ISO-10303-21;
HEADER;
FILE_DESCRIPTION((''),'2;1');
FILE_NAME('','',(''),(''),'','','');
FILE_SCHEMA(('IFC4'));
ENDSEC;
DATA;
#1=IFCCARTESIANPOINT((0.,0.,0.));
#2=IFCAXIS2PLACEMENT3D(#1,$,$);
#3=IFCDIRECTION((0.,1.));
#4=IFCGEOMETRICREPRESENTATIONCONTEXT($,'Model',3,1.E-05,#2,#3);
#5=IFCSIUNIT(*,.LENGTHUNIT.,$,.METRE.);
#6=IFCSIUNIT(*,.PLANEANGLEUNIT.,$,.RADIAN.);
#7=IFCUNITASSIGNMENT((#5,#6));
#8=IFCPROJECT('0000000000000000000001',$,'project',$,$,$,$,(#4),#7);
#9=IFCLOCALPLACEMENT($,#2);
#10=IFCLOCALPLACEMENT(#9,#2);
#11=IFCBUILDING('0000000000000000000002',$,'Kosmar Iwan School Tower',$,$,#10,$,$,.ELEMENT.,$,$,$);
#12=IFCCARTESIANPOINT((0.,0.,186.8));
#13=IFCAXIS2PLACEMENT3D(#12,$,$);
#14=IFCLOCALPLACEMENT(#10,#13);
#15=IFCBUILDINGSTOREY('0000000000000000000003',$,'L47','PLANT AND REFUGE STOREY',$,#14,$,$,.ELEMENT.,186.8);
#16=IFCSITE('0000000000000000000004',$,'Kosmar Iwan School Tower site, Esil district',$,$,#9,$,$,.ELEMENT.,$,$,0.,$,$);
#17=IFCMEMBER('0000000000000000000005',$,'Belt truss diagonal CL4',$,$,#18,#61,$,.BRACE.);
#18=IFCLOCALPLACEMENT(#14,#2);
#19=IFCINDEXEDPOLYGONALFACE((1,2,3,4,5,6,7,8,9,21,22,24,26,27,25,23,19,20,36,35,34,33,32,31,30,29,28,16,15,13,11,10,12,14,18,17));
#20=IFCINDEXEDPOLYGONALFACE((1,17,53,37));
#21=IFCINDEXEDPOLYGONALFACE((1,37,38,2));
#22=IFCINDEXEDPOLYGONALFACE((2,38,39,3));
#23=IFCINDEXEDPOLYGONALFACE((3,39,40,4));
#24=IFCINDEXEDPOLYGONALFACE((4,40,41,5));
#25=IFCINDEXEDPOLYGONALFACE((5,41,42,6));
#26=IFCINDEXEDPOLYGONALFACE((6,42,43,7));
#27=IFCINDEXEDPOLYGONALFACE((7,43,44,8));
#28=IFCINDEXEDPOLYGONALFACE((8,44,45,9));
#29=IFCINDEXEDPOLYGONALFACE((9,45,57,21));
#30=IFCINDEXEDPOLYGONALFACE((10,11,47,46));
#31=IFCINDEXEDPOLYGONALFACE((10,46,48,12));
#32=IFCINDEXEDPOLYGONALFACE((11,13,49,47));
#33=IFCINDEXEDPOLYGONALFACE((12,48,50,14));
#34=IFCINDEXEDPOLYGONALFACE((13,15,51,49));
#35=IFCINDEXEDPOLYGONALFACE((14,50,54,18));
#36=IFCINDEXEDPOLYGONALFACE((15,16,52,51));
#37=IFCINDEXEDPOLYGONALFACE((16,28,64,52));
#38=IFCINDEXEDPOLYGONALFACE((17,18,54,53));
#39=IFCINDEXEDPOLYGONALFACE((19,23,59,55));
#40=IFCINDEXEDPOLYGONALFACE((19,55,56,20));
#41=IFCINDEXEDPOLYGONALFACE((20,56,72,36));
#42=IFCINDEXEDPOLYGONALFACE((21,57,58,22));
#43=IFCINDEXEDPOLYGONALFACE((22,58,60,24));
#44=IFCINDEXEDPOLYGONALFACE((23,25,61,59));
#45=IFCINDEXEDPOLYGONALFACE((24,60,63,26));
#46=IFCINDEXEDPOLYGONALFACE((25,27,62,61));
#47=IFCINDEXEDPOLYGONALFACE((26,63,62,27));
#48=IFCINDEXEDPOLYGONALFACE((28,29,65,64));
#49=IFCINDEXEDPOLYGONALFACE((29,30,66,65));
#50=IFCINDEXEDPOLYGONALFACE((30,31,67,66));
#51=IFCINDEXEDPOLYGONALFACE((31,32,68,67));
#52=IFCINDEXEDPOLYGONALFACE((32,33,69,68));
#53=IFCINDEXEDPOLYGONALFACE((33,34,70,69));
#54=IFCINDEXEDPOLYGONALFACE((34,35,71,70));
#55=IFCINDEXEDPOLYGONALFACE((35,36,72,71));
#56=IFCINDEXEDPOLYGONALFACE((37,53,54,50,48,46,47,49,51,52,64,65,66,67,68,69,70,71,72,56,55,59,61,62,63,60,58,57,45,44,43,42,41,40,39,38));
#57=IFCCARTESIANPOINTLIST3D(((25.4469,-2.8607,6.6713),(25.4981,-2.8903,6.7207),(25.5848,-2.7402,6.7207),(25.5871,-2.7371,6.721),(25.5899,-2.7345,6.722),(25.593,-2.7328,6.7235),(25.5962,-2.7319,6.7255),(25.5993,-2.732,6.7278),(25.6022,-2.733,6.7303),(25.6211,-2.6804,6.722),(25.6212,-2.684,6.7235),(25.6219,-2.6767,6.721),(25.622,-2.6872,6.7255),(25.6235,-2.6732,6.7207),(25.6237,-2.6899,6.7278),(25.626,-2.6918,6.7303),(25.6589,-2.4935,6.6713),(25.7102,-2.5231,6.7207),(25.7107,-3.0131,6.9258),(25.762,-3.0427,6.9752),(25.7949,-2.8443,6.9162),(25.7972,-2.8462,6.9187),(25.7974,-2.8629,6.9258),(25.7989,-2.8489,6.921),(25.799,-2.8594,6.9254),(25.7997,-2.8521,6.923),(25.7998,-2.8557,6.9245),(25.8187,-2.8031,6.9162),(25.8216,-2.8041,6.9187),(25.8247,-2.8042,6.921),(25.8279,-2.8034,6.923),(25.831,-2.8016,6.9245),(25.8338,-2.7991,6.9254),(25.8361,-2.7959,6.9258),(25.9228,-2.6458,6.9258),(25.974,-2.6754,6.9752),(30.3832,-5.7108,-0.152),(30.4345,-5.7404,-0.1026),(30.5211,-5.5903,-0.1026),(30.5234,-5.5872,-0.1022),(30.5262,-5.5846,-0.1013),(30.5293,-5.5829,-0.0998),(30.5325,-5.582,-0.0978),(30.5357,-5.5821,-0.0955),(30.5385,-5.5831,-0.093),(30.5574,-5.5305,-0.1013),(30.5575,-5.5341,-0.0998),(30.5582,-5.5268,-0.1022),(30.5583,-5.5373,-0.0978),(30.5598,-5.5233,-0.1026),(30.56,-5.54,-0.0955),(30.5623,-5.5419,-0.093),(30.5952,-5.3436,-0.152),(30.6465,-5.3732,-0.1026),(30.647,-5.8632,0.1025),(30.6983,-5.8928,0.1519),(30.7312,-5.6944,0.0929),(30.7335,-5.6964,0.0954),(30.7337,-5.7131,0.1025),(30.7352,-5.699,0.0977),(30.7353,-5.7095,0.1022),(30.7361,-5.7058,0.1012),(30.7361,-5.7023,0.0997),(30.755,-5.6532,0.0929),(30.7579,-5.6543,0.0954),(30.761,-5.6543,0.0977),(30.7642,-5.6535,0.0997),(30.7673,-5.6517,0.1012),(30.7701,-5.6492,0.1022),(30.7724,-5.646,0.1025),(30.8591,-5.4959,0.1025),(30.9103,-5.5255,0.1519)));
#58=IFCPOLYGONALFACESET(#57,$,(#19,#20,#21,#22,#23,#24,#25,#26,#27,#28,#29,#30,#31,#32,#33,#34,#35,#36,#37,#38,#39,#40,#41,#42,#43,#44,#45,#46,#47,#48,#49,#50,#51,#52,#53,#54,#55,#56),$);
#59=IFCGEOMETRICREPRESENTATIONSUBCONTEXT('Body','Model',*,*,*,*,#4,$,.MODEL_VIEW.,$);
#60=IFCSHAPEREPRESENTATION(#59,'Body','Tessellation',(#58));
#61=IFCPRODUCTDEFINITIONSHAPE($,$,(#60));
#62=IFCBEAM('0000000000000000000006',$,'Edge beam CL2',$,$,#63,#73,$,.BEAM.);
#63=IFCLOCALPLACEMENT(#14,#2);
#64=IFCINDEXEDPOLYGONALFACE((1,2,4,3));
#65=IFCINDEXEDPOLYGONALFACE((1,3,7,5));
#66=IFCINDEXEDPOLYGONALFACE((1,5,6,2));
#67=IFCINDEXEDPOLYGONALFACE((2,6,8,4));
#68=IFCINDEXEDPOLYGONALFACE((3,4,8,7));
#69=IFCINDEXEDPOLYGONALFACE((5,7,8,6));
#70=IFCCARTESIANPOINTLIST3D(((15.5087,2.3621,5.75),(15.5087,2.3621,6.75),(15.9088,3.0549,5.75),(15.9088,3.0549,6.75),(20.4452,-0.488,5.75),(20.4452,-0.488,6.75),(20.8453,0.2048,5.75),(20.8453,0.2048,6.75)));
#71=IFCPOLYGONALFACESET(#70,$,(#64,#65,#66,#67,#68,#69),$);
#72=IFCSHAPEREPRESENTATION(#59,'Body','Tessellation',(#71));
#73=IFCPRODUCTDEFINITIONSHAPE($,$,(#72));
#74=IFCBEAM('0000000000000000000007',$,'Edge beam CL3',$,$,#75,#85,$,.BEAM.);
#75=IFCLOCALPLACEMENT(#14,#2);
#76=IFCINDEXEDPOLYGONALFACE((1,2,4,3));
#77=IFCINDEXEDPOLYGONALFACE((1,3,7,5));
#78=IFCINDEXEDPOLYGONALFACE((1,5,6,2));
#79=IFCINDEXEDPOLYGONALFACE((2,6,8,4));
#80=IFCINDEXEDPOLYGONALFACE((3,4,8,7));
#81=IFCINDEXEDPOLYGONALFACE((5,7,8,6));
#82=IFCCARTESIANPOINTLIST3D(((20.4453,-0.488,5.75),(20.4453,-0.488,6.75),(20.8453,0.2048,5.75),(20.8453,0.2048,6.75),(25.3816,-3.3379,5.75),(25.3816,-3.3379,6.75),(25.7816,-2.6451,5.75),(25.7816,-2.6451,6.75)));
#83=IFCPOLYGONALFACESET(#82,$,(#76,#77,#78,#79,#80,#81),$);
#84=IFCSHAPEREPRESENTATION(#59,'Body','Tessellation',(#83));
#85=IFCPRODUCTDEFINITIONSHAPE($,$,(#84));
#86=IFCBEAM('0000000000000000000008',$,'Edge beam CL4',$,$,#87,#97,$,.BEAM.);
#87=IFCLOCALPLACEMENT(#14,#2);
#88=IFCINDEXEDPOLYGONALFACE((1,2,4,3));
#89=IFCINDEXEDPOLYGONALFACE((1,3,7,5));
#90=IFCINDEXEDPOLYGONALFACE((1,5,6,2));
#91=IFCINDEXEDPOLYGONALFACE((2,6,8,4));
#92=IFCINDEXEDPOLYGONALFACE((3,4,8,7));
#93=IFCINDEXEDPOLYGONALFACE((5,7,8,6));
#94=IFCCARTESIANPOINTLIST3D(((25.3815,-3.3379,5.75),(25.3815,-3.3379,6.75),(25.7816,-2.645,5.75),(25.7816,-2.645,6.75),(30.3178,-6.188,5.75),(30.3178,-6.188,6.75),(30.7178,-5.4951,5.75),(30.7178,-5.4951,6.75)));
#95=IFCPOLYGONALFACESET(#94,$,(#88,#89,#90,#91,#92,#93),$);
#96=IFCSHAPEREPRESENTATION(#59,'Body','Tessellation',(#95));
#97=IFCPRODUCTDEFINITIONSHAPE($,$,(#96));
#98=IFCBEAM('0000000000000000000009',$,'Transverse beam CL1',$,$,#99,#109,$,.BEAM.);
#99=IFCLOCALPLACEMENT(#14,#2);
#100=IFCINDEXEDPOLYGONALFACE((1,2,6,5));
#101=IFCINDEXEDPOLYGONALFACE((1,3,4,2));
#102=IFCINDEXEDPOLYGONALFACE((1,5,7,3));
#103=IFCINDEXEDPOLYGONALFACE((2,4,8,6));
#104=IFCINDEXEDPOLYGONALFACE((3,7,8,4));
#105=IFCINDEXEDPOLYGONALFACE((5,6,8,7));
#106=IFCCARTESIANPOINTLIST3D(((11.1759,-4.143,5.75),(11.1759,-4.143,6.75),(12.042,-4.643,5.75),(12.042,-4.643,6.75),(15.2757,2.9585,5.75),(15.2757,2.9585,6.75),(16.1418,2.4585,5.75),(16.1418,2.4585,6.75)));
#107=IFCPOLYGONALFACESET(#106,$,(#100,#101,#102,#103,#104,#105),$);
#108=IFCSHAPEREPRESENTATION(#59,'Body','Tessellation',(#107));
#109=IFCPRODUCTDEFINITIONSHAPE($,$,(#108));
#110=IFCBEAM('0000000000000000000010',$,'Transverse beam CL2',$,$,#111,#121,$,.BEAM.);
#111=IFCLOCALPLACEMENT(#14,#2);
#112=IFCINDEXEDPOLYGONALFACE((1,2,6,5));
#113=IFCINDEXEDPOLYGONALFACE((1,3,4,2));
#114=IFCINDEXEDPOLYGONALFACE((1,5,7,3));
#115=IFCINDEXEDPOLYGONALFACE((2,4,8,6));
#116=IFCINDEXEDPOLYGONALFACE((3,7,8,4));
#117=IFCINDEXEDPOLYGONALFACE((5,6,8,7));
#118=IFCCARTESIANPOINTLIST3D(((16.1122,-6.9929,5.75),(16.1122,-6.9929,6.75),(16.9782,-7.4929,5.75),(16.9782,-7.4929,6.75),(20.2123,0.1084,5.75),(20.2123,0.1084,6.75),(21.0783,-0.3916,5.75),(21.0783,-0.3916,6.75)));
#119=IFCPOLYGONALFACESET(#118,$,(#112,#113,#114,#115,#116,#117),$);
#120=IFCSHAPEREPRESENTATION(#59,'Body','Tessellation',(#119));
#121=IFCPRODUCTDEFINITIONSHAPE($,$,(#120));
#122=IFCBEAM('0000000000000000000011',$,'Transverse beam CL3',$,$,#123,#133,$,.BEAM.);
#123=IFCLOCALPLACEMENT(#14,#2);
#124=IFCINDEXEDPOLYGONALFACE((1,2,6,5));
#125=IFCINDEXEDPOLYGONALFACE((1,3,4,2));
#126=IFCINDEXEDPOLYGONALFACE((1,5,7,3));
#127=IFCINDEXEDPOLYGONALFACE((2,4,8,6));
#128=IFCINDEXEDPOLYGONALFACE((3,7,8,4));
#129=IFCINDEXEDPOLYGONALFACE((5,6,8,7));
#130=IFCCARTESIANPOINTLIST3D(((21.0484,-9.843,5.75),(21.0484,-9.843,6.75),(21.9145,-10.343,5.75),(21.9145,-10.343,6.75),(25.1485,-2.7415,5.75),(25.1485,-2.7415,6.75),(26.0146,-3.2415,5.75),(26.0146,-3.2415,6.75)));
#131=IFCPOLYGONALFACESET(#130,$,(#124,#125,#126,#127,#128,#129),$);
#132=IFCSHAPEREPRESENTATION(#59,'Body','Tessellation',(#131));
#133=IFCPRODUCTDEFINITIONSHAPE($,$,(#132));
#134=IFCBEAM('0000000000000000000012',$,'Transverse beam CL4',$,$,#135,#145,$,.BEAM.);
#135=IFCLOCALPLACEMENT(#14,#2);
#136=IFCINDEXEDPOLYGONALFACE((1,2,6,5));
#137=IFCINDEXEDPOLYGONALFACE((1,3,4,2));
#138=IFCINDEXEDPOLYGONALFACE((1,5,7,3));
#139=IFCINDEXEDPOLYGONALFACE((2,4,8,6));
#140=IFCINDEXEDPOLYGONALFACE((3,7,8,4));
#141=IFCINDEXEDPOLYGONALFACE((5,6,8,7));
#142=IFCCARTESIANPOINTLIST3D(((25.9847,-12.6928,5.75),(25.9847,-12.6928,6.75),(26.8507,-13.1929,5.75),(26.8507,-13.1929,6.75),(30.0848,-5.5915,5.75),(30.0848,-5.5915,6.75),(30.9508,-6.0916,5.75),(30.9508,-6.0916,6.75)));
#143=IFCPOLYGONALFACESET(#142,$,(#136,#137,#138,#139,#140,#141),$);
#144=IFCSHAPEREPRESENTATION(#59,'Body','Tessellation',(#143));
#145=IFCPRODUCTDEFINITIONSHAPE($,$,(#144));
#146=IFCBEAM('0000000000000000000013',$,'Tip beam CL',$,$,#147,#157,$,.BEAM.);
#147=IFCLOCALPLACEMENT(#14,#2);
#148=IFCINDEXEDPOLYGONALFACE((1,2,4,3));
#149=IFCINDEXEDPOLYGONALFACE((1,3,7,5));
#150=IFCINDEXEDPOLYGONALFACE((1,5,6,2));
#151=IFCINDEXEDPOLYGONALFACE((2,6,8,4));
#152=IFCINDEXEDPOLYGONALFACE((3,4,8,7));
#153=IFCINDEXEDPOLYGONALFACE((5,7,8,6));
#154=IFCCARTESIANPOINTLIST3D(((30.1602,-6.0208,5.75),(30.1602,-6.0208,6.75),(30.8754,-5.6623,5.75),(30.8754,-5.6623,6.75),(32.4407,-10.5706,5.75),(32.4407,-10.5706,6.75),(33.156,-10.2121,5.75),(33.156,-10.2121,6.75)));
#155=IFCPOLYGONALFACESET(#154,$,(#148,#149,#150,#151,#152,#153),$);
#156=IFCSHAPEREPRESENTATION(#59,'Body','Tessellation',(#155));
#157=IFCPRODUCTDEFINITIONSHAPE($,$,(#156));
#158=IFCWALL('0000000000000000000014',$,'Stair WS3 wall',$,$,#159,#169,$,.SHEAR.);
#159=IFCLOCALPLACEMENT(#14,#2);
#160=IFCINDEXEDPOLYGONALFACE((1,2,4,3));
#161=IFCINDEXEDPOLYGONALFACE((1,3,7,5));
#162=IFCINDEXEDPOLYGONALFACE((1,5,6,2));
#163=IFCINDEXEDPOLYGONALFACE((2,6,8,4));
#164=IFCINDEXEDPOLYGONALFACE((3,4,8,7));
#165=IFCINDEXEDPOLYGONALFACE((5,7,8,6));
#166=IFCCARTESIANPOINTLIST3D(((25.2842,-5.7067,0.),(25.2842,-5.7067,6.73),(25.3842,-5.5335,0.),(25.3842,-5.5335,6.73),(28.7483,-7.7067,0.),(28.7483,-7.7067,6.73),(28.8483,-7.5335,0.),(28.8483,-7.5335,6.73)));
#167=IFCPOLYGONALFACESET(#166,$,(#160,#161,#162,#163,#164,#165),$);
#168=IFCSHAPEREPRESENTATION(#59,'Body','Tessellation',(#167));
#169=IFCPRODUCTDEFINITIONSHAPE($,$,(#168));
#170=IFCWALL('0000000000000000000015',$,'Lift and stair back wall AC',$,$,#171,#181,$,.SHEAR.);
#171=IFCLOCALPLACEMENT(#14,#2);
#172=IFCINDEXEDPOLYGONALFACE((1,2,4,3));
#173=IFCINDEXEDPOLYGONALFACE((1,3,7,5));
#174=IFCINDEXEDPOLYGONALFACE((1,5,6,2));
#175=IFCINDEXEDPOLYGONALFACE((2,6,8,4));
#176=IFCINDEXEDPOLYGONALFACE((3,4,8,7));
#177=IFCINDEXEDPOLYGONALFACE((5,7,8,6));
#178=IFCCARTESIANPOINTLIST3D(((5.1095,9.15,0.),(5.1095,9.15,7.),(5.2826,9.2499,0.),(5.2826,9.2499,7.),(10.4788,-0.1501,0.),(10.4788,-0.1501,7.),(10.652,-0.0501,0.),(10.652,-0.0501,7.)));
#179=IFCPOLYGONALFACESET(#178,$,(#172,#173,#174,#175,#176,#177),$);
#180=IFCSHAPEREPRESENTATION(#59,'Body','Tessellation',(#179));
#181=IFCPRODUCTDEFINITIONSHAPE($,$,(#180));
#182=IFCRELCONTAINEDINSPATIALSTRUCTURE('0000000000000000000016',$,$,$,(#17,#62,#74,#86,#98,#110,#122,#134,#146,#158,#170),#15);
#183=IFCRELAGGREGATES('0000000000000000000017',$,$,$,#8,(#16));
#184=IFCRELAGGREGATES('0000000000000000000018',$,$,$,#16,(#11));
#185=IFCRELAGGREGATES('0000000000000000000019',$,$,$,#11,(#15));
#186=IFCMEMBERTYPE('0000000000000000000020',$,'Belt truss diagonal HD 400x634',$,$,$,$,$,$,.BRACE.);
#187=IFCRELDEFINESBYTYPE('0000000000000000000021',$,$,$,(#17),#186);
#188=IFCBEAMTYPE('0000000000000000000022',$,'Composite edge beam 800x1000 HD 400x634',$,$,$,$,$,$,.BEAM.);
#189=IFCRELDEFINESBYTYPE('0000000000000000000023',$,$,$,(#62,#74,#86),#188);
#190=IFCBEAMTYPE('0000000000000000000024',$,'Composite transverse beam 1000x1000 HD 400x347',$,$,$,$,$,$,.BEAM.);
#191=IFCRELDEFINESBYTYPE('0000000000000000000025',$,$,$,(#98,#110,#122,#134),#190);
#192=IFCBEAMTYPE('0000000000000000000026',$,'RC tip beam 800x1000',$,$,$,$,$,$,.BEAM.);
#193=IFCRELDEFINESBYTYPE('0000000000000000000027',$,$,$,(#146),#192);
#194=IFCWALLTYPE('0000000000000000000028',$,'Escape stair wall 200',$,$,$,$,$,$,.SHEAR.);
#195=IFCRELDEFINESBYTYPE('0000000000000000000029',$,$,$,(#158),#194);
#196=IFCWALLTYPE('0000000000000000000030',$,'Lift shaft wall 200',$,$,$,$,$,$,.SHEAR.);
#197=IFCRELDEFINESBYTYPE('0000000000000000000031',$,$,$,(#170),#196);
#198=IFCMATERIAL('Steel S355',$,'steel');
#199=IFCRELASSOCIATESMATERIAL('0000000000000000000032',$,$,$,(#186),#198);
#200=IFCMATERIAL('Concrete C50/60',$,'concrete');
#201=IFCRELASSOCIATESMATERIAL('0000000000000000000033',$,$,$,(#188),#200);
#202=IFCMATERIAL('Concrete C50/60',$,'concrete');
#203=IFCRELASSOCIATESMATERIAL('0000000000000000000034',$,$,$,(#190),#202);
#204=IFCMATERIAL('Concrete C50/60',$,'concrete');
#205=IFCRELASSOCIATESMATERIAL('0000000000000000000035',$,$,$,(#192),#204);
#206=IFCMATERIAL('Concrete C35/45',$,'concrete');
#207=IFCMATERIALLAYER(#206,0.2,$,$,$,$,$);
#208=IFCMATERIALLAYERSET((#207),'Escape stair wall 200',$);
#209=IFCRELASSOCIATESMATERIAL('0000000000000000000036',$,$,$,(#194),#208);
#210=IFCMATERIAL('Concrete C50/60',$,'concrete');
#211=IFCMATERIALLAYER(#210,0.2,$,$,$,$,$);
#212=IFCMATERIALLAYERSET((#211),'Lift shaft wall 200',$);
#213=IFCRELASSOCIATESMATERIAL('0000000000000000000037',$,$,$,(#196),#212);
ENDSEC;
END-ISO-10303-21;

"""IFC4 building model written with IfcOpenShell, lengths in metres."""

from ifc_helpers import new_model, si_unit, direction, frame, frame_2d, origin, origin_2d, place, context, subcontext, project, spatial, rectangle, i_section, extrude, material, layer, layer_set, material_profile, profile_set, type_object, element, save


model = new_model("IFC4")

# Units and contexts
model_context = context("Model", 3, precision=1e-05, world=origin(), true_north=direction((0.0, 1.0)))
body_context = subcontext(model_context, "Body", "Model", "MODEL_VIEW")
ifc_project = project(units=[si_unit("LENGTHUNIT", "METRE"), si_unit("PLANEANGLEUNIT", "RADIAN")], contexts=[model_context])

# Site, building, storey
site_placement = place(None, origin())
site = spatial("IfcSite", under=ifc_project, at=site_placement, Name="Kosmar Iwan School Tower site, Esil district", CompositionType="ELEMENT", RefElevation=0.0)
building_placement = place(site_placement, origin())
building = spatial("IfcBuilding", under=site, at=building_placement, Name="Kosmar Iwan School Tower", CompositionType="ELEMENT")
storey_placement = place(building_placement, frame((0.0, 0.0, 186.8)))
storey = spatial("IfcBuildingStorey", under=building, at=storey_placement, Name="L47", Description="PLANT AND REFUGE STOREY", CompositionType="ELEMENT", Elevation=186.8)

# Member
ifc_material_1 = material(Name="Steel S355", Category="steel")
ifc_material_profile_1 = material_profile(ifc_material_1, i_section(OverallWidth=0.4241, OverallDepth=0.4741, WebThickness=0.0476, FlangeThickness=0.0771, FilletRadius=0.0149, at=origin_2d()), Name="HD 400x634")
ifc_profile_set_1 = profile_set([ifc_material_profile_1], Name="Steel S355")
member_type = type_object("IfcMemberType", Name="Belt truss diagonal HD 400x634", PredefinedType="BRACE", material=ifc_profile_set_1)
member_1_placement = place(storey_placement, frame((25.7104, -2.7681, 6.8232), z_axis=(0.555211, -0.320567, -0.767449), x_axis=(0.500018, 0.866015, 0.0)))
element("IfcMember", 1, at=member_1_placement, inside=storey, type_object=member_type, Name="Belt truss diagonal CL4", PredefinedType="BRACE", context=body_context, shape_type="SweptSolid", body=[
    extrude(i_section(OverallWidth=0.4241, OverallDepth=0.4741, WebThickness=0.0476, FlangeThickness=0.0771, FilletRadius=0.0149, at=origin_2d()), origin(), (0.0, 0.0, 1.0), 8.8909),
])

# Beams
ifc_material_2 = material(Name="Concrete C50/60", Category="concrete")
ifc_material_profile_2 = material_profile(ifc_material_2, rectangle(XDim=0.8, YDim=1.0, at=origin_2d()), Name="RC 800x1000 + HD 400x634")
ifc_profile_set_2 = profile_set([ifc_material_profile_2], Name="Concrete C50/60")
beam_type_1 = type_object("IfcBeamType", Name="Composite edge beam 800x1000 HD 400x634", PredefinedType="BEAM", material=ifc_profile_set_2)
beam_1_placement = place(storey_placement, frame((15.7087, 2.7085, 6.25), z_axis=(0.866026, -0.499999, 0.0), x_axis=(0.499999, 0.866026, 0.0)))
element("IfcBeam", 2, at=beam_1_placement, inside=storey, type_object=beam_type_1, Name="Edge beam CL2", PredefinedType="BEAM", context=body_context, shape_type="SweptSolid", body=[
    extrude(rectangle(XDim=0.8, YDim=1.0, at=origin_2d()), origin(), (0.0, 0.0, 1.0), 5.7002),
])
for number, where, z_axis, x_axis, name in (
    (3, (20.6453, -0.1416, 6.25), (0.866034, -0.499986, 0.0), (0.499986, 0.866034, 0.0), "Edge beam CL3"),
    (4, (25.5815, -2.9915, 6.25), (0.866015, -0.500018, 0.0), (0.500018, 0.866015, 0.0), "Edge beam CL4"),
):
    element("IfcBeam", number, at=place(storey_placement, frame(where, z_axis=z_axis, x_axis=x_axis)), inside=storey, type_object=beam_type_1, Name=name, PredefinedType="BEAM", context=body_context, shape_type="SweptSolid", body=[
        extrude(rectangle(XDim=0.8, YDim=1.0, at=origin_2d()), origin(), (0.0, 0.0, 1.0), 5.7),
    ])
ifc_material_3 = material(Name="Concrete C50/60", Category="concrete")
ifc_material_profile_3 = material_profile(ifc_material_3, rectangle(XDim=1.0, YDim=1.0, at=origin_2d()), Name="RC 1000x1000 + HD 400x347")
ifc_profile_set_3 = profile_set([ifc_material_profile_3], Name="Concrete C50/60")
beam_type_2 = type_object("IfcBeamType", Name="Composite transverse beam 1000x1000 HD 400x347", PredefinedType="BEAM", material=ifc_profile_set_3)
for number, where, z_axis, x_axis, name in (
    (5, (15.7087, 2.7085, 6.25), (-0.499978, -0.866038, 0.0), (0.866038, -0.499978, 0.0), "Transverse beam CL1"),
    (6, (20.6453, -0.1416, 6.25), (-0.500014, -0.866018, 0.0), (0.866018, -0.500014, 0.0), "Transverse beam CL2"),
):
    element("IfcBeam", number, at=place(storey_placement, frame(where, z_axis=z_axis, x_axis=x_axis)), inside=storey, type_object=beam_type_2, Name=name, PredefinedType="BEAM", context=body_context, shape_type="SweptSolid", body=[
        extrude(rectangle(XDim=1.0, YDim=1.0, at=origin_2d()), origin(), (0.0, 0.0, 1.0), 8.2),
    ])
beam_2_placement = place(storey_placement, frame((25.5815, -2.9915, 6.25), z_axis=(-0.500001, -0.866025, 0.0), x_axis=(0.866025, -0.500001, 0.0)))
element("IfcBeam", 7, at=beam_2_placement, inside=storey, type_object=beam_type_2, Name="Transverse beam CL3", PredefinedType="BEAM", context=body_context, shape_type="SweptSolid", body=[
    extrude(rectangle(XDim=1.0, YDim=1.0, at=origin_2d()), origin(), (0.0, 0.0, 1.0), 8.2002),
])
beam_3_placement = place(storey_placement, frame((30.5178, -5.8416, 6.25), z_axis=(-0.500014, -0.866018, 0.0), x_axis=(0.866018, -0.500014, 0.0)))
element("IfcBeam", 8, at=beam_3_placement, inside=storey, type_object=beam_type_2, Name="Transverse beam CL4", PredefinedType="BEAM", context=body_context, shape_type="SweptSolid", body=[
    extrude(rectangle(XDim=1.0, YDim=1.0, at=origin_2d()), origin(), (0.0, 0.0, 1.0), 8.2),
])
ifc_material_4 = material(Name="Concrete C50/60", Category="concrete")
ifc_material_profile_4 = material_profile(ifc_material_4, rectangle(XDim=0.8, YDim=1.0, at=origin_2d()), Name="RC 800x1000")
ifc_profile_set_4 = profile_set([ifc_material_profile_4], Name="Concrete C50/60")
beam_type_3 = type_object("IfcBeamType", Name="RC tip beam 800x1000", PredefinedType="BEAM", material=ifc_profile_set_4)
beam_4_placement = place(storey_placement, frame((30.5178, -5.8416, 6.25), z_axis=(0.448096, -0.893985, 0.0), x_axis=(0.893985, 0.448096, 0.0)))
element("IfcBeam", 9, at=beam_4_placement, inside=storey, type_object=beam_type_3, Name="Tip beam CL", PredefinedType="BEAM", context=body_context, shape_type="SweptSolid", body=[
    extrude(rectangle(XDim=0.8, YDim=1.0, at=origin_2d()), origin(), (0.0, 0.0, 1.0), 5.0894),
])

# Walls
ifc_material_5 = material(Name="Concrete C35/45", Category="concrete")
ifc_layer_1 = layer(ifc_material_5, 0.2)
ifc_layer_set_1 = layer_set([ifc_layer_1], Name="Escape stair wall 200")
wall_type_1 = type_object("IfcWallType", Name="Escape stair wall 200", PredefinedType="SHEAR", material=ifc_layer_set_1)
wall_1_placement = place(storey_placement, frame((25.3342, -5.6201, 0.0), z_axis=(0.0, 0.0, 1.0), x_axis=(0.866026, -0.499999, 0.0)))
element("IfcWall", 10, at=wall_1_placement, inside=storey, type_object=wall_type_1, Name="Stair WS3 wall", PredefinedType="SHEAR", context=body_context, shape_type="SweptSolid", body=[
    extrude(rectangle(XDim=4.0, YDim=0.2, at=frame_2d((2.0, 0.0))), origin(), (0.0, 0.0, 1.0), 6.73),
])
ifc_material_6 = material(Name="Concrete C50/60", Category="concrete")
ifc_layer_2 = layer(ifc_material_6, 0.2)
ifc_layer_set_2 = layer_set([ifc_layer_2], Name="Lift shaft wall 200")
wall_type_2 = type_object("IfcWallType", Name="Lift shaft wall 200", PredefinedType="SHEAR", material=ifc_layer_set_2)
wall_2_placement = place(storey_placement, frame((10.5654, -0.1001, 0.0), z_axis=(0.0, 0.0, 1.0), x_axis=(-0.5, 0.866025, 0.0)))
element("IfcWall", 11, at=wall_2_placement, inside=storey, type_object=wall_type_2, Name="Lift and stair back wall AC", PredefinedType="SHEAR", context=body_context, shape_type="SweptSolid", body=[
    extrude(rectangle(XDim=10.7388, YDim=0.2, at=frame_2d((5.3694, 0.0))), origin(), (0.0, 0.0, 1.0), 7.0),
])

save(model, "model.ifc")
